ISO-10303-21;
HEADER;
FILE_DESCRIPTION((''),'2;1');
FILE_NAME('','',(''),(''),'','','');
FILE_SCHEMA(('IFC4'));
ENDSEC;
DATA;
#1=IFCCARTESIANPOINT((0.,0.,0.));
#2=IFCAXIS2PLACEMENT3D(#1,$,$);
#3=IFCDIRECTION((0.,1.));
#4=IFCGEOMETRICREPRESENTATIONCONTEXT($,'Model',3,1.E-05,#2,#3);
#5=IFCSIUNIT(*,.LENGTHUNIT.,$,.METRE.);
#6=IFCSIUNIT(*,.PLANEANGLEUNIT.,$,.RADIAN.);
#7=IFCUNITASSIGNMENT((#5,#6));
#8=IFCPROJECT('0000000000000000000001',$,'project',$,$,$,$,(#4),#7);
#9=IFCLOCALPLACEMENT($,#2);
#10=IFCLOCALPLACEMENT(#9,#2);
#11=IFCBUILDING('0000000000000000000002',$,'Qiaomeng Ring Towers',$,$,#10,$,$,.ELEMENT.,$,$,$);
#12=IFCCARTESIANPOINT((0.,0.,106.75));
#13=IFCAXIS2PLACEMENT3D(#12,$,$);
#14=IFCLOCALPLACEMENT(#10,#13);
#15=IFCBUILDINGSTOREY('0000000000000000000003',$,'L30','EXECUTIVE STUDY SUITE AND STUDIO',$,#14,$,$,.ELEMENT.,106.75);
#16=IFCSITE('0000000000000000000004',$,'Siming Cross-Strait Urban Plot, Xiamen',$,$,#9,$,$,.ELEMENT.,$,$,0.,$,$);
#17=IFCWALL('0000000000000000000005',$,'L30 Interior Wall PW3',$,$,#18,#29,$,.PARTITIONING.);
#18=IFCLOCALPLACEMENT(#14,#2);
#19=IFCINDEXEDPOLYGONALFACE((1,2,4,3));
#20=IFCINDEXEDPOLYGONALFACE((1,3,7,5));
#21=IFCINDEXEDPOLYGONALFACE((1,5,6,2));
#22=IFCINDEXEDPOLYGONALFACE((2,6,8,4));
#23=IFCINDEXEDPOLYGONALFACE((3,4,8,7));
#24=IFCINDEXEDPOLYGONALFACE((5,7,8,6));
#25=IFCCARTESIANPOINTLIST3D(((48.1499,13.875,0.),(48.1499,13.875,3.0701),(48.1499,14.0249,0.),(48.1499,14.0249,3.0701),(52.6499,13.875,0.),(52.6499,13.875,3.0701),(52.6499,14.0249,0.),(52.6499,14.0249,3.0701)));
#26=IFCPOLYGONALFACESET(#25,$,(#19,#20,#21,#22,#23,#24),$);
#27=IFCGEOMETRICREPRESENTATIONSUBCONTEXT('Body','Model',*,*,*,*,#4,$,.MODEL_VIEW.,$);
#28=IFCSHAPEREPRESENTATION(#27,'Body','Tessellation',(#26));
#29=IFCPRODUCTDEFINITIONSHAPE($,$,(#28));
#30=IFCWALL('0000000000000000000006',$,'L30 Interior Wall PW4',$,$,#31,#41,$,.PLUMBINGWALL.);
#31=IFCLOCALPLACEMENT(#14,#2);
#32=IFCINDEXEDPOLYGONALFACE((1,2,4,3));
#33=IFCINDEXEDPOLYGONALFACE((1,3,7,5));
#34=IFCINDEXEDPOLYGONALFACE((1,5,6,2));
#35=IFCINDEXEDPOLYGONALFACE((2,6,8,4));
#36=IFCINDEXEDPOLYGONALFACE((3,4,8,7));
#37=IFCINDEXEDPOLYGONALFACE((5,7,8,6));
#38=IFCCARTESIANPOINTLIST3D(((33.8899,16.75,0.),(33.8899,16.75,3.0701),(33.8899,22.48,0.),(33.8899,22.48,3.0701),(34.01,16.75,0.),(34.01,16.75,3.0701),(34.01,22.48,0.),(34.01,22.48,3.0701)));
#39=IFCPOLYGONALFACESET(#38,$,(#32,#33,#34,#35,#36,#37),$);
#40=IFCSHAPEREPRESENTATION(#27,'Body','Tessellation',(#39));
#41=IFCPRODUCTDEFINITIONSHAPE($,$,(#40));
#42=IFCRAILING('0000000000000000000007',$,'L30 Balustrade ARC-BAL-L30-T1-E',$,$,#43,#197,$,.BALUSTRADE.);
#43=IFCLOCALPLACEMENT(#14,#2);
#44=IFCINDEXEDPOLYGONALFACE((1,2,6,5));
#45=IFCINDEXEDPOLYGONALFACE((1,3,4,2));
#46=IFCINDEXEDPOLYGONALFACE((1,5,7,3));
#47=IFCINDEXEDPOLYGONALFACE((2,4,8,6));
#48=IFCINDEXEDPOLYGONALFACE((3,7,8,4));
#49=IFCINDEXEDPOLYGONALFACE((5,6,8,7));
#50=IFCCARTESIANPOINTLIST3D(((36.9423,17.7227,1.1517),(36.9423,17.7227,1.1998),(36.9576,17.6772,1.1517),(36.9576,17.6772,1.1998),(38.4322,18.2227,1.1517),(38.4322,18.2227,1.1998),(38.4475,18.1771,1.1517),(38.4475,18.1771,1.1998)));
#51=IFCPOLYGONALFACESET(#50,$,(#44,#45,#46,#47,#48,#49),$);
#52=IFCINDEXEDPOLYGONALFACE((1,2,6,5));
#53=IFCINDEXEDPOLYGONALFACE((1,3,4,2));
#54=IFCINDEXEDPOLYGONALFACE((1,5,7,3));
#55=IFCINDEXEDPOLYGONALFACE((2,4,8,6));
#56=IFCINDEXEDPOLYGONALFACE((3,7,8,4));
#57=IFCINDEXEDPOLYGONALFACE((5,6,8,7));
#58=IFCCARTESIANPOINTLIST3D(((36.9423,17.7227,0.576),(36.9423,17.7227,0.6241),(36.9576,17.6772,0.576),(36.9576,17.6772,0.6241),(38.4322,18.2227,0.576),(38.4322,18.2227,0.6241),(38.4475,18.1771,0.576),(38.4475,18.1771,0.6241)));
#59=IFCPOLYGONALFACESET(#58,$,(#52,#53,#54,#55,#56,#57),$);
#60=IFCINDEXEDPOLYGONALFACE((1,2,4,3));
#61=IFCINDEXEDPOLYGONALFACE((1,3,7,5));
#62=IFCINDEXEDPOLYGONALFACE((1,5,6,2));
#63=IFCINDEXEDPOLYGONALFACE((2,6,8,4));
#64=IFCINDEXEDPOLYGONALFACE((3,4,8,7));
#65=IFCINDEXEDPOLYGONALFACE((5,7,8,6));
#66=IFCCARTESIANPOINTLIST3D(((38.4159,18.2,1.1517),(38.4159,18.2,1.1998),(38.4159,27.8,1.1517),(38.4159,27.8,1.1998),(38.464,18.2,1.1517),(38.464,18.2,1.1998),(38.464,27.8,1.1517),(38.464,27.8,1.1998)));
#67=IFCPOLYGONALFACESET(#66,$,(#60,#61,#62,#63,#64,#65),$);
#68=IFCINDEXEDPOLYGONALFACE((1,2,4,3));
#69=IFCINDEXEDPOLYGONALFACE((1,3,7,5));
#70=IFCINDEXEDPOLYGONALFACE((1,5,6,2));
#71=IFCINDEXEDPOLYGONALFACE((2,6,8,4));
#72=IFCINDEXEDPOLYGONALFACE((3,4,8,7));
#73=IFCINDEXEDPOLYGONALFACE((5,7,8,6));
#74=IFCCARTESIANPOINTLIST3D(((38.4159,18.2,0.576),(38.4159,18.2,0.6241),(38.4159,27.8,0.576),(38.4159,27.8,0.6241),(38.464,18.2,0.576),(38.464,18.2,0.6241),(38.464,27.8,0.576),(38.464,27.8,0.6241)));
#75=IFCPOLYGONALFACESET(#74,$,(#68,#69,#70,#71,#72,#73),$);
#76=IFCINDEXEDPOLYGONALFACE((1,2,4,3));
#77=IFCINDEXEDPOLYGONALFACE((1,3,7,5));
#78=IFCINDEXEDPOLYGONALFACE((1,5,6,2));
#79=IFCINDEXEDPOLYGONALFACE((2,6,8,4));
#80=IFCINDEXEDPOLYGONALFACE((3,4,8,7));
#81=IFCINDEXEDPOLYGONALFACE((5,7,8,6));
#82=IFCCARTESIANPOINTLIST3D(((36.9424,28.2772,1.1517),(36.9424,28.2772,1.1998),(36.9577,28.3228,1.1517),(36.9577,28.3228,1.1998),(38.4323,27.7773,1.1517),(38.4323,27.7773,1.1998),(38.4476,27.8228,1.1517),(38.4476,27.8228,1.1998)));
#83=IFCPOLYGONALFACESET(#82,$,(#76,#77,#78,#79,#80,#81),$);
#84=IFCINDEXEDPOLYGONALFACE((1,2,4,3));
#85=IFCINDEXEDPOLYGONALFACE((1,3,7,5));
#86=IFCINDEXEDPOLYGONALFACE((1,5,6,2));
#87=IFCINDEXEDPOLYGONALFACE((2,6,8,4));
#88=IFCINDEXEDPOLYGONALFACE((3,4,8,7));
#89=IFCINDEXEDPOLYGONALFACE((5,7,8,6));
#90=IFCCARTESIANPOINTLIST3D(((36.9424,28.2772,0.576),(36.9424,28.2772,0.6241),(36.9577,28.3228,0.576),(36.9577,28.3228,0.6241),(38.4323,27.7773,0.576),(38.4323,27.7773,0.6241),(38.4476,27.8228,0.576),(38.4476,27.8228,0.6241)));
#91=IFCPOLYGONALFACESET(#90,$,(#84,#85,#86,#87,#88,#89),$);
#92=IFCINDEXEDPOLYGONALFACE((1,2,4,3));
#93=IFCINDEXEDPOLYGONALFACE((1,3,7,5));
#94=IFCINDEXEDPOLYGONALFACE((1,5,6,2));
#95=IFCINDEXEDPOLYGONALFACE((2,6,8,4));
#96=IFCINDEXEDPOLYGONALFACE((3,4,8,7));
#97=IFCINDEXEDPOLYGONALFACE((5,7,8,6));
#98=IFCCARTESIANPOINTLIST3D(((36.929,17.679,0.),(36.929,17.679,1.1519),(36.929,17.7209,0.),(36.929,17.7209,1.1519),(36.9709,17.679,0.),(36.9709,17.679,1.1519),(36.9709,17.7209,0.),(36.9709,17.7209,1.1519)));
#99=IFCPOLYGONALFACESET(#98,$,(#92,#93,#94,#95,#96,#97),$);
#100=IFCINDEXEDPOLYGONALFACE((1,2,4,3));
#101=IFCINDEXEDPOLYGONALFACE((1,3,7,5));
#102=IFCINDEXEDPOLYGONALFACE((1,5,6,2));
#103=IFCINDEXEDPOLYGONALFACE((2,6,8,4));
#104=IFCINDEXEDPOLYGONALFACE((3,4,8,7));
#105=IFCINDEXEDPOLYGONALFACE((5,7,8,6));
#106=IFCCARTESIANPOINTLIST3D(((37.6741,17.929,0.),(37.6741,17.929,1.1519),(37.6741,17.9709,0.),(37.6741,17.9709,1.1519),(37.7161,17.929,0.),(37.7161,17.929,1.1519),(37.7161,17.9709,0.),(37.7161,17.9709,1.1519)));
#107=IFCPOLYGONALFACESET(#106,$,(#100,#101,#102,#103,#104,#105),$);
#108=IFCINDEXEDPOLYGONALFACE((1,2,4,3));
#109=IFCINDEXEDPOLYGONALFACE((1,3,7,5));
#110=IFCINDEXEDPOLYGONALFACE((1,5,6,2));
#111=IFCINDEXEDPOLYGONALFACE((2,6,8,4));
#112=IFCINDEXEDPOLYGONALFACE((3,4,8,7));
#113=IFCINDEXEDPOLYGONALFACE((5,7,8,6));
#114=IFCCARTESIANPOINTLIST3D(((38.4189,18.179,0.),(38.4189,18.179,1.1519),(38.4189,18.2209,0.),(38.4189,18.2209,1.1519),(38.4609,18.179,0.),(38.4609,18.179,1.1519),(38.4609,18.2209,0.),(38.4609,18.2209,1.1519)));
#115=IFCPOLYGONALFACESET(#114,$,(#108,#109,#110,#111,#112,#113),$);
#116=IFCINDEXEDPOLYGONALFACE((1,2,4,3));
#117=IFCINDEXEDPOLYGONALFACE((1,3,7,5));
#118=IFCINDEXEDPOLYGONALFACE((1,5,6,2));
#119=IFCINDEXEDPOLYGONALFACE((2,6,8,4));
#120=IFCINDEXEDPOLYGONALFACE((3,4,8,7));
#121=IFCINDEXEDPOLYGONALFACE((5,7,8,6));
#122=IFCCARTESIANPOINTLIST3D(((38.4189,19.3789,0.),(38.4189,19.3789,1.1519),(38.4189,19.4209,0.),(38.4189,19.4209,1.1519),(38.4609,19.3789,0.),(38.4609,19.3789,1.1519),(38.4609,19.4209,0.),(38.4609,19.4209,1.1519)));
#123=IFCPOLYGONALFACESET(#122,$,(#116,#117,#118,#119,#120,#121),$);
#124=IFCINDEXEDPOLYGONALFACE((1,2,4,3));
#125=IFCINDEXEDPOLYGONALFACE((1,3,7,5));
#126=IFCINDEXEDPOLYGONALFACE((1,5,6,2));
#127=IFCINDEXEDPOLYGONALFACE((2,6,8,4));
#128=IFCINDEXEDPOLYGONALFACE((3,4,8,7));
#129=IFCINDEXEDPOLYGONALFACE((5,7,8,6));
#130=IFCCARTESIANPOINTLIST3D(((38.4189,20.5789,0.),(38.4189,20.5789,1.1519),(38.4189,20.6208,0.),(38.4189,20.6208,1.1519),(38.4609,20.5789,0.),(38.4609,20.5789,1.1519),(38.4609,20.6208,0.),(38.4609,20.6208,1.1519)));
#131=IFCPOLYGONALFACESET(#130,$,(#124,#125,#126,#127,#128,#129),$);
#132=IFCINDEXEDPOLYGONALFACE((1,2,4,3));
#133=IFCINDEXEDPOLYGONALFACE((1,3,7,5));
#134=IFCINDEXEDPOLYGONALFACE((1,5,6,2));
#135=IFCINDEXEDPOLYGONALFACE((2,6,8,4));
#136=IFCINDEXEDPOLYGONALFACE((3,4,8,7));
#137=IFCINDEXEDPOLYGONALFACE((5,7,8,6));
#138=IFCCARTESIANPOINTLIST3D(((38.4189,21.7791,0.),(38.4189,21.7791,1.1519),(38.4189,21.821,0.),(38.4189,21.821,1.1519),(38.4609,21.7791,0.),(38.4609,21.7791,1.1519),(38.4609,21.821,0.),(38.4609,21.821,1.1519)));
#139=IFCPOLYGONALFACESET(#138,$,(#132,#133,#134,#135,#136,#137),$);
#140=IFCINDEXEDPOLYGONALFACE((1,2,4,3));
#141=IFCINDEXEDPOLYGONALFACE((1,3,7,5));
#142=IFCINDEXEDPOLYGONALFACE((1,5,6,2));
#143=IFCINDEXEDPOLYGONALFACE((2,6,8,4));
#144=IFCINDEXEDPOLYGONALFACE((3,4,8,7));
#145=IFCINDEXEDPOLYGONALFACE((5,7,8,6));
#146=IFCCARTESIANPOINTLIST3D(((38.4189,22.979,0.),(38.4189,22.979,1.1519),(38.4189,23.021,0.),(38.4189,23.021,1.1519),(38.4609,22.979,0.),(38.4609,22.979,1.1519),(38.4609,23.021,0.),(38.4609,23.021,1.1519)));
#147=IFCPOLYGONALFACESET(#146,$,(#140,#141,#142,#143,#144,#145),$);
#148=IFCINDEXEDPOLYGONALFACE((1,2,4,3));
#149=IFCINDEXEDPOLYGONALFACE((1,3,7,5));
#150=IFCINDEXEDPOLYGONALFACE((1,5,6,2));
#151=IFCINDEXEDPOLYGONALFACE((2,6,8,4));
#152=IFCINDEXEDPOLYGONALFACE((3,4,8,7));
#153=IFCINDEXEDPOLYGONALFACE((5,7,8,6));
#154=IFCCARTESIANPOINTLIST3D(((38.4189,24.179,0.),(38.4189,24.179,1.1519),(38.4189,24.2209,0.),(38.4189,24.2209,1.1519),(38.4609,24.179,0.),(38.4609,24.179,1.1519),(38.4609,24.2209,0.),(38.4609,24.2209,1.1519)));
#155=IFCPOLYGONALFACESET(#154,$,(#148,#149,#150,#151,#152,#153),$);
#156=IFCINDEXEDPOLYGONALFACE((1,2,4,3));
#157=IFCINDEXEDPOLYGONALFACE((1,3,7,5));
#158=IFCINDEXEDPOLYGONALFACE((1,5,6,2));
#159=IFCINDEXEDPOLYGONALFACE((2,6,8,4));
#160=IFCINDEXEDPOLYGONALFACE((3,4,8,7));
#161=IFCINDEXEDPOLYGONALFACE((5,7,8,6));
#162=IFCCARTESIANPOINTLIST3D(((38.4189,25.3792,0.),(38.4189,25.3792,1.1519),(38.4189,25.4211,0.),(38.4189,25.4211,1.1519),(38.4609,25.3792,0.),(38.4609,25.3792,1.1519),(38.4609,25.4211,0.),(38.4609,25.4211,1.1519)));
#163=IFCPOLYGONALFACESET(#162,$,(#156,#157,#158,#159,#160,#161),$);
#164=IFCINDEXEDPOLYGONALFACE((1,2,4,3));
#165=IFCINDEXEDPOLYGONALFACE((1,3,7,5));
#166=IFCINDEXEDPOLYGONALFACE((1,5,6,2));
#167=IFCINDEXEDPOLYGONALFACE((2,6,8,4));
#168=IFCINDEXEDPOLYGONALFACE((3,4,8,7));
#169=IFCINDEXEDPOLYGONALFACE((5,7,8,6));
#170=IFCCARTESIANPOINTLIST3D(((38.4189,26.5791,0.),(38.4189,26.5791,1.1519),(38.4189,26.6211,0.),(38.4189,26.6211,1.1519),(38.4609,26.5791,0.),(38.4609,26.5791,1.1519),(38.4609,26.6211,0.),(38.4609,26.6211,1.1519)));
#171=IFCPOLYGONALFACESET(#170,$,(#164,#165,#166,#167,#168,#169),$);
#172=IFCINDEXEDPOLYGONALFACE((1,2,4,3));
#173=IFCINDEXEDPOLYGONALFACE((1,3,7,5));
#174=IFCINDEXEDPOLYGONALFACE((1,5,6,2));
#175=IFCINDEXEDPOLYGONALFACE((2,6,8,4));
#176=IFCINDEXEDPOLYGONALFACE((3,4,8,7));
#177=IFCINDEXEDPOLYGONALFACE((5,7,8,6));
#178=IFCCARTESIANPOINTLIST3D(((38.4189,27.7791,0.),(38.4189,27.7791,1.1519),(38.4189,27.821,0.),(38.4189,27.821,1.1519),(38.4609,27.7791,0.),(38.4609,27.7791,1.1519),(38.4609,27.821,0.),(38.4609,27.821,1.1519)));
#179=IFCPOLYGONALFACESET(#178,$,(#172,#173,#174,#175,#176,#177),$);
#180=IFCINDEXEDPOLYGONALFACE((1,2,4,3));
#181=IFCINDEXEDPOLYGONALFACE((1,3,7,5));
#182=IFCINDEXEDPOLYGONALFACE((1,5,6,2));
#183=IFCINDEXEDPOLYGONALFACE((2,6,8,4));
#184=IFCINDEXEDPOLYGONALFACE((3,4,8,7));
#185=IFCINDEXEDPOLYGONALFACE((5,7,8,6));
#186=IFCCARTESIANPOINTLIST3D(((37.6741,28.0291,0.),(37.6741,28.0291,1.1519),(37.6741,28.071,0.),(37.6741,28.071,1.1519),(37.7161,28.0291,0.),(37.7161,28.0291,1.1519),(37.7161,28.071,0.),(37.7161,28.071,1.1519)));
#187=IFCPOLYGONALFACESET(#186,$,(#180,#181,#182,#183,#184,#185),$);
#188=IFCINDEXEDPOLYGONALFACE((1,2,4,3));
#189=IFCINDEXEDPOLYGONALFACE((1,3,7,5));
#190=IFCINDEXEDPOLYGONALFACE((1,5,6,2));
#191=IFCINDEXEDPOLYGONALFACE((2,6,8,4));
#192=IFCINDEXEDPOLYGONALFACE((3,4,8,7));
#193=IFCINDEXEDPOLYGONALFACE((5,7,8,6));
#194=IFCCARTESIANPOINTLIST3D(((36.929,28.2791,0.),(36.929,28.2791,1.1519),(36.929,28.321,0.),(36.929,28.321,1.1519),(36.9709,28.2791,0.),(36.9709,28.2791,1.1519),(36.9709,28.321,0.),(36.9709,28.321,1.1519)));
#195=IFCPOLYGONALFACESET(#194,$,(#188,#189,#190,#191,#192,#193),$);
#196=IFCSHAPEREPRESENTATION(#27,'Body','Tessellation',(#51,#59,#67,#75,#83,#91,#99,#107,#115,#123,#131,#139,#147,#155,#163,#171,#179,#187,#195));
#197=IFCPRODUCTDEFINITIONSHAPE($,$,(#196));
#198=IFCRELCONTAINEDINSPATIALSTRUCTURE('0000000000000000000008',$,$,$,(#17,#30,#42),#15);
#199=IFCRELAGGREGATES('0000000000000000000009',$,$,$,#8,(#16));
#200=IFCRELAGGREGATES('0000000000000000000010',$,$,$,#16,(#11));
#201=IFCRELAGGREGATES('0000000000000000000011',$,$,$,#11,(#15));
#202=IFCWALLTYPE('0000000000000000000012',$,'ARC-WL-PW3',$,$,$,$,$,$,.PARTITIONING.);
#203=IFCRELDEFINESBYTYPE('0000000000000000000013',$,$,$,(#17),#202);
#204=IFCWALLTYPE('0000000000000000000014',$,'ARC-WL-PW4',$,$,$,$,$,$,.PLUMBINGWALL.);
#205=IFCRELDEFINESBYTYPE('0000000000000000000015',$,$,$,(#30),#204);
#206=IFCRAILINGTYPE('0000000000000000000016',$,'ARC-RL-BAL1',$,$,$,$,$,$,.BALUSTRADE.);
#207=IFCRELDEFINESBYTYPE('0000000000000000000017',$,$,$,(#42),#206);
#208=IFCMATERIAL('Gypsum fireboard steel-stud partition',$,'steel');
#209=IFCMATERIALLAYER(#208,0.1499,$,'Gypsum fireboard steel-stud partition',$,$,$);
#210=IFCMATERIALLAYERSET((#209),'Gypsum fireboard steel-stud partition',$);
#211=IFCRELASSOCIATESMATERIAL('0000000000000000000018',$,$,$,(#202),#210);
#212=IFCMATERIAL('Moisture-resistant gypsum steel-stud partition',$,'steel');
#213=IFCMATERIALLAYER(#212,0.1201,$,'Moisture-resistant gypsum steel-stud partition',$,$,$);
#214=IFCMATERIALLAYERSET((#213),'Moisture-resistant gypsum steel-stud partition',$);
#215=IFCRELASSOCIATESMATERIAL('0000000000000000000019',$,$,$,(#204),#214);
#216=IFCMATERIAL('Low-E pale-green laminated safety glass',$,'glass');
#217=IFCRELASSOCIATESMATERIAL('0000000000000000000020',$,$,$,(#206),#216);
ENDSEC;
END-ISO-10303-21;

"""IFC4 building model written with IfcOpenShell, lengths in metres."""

from ifc_helpers import new_model, si_unit, direction, frame, frame_2d, origin, origin_2d, place, context, subcontext, project, spatial, rectangle, extrude, material, layer, layer_set, type_object, element, save


model = new_model("IFC4")

# Units and contexts
model_context = context("Model", 3, precision=1e-05, world=origin(), true_north=direction((0.0, 1.0)))
body_context = subcontext(model_context, "Body", "Model", "MODEL_VIEW")
ifc_project = project(units=[si_unit("LENGTHUNIT", "METRE"), si_unit("PLANEANGLEUNIT", "RADIAN")], contexts=[model_context])

# Site, building, storey
site_placement = place(None, origin())
site = spatial("IfcSite", under=ifc_project, at=site_placement, Name="Siming Cross-Strait Urban Plot, Xiamen", CompositionType="ELEMENT", RefElevation=0.0)
building_placement = place(site_placement, origin())
building = spatial("IfcBuilding", under=site, at=building_placement, Name="Qiaomeng Ring Towers", CompositionType="ELEMENT")
storey_placement = place(building_placement, frame((0.0, 0.0, 106.75)))
storey = spatial("IfcBuildingStorey", under=building, at=storey_placement, Name="L30", Description="EXECUTIVE STUDY SUITE AND STUDIO", CompositionType="ELEMENT", Elevation=106.75)

# Walls
ifc_material_1 = material(Name="Gypsum fireboard steel-stud partition", Category="steel")
ifc_layer_1 = layer(ifc_material_1, 0.1499, Name="Gypsum fireboard steel-stud partition")
ifc_layer_set_1 = layer_set([ifc_layer_1], Name="Gypsum fireboard steel-stud partition")
wall_type_1 = type_object("IfcWallType", Name="ARC-WL-PW3", PredefinedType="PARTITIONING", material=ifc_layer_set_1)
wall_1_placement = place(storey_placement, frame((48.1499, 13.95, 0.0), z_axis=(0.0, 0.0, 1.0), x_axis=(1.0, 0.0, 0.0)))
element("IfcWall", 1, at=wall_1_placement, inside=storey, type_object=wall_type_1, Name="L30 Interior Wall PW3", PredefinedType="PARTITIONING", context=body_context, shape_type="SweptSolid", body=[
    extrude(rectangle(XDim=4.5, YDim=0.1499, at=frame_2d((2.25, 0.0))), origin(), (0.0, 0.0, 1.0), 3.0701),
])
ifc_material_2 = material(Name="Moisture-resistant gypsum steel-stud partition", Category="steel")
ifc_layer_2 = layer(ifc_material_2, 0.1201, Name="Moisture-resistant gypsum steel-stud partition")
ifc_layer_set_2 = layer_set([ifc_layer_2], Name="Moisture-resistant gypsum steel-stud partition")
wall_type_2 = type_object("IfcWallType", Name="ARC-WL-PW4", PredefinedType="PLUMBINGWALL", material=ifc_layer_set_2)
wall_2_placement = place(storey_placement, frame((33.95, 16.75, 0.0), z_axis=(0.0, 0.0, 1.0), x_axis=(0.0, 1.0, 0.0)))
element("IfcWall", 2, at=wall_2_placement, inside=storey, type_object=wall_type_2, Name="L30 Interior Wall PW4", PredefinedType="PLUMBINGWALL", context=body_context, shape_type="SweptSolid", body=[
    extrude(rectangle(XDim=5.73, YDim=0.1201, at=frame_2d((2.865, 0.0))), origin(), (0.0, 0.0, 1.0), 3.0701),
])

# Railing
ifc_material_3 = material(Name="Low-E pale-green laminated safety glass", Category="glass")
railing_type = type_object("IfcRailingType", Name="ARC-RL-BAL1", PredefinedType="BALUSTRADE", material=ifc_material_3)
railing_1_placement = place(storey_placement, frame((36.95, 17.7, 0.0)))
element("IfcRailing", 3, at=railing_1_placement, inside=storey, type_object=railing_type, Name="L30 Balustrade ARC-BAL-L30-T1-E", PredefinedType="BALUSTRADE", context=body_context, shape_type="SweptSolid", body=[
    extrude(rectangle(XDim=0.0481, YDim=0.0481, at=origin_2d()), frame((0.0, 0.0, 1.1758), z_axis=(0.948044, 0.318138, 0.0), x_axis=(-0.318138, 0.948044, 0.0)), (0.0, 0.0, 1.0), 1.5715),
    extrude(rectangle(XDim=0.0481, YDim=0.0481, at=origin_2d()), frame((0.0, 0.0, 0.6001), z_axis=(0.948044, 0.318138, 0.0), x_axis=(-0.318138, 0.948044, 0.0)), (0.0, 0.0, 1.0), 1.5715),
    extrude(rectangle(XDim=0.0481, YDim=0.0481, at=origin_2d()), frame((1.49, 0.5, 1.1758), z_axis=(0.0, 1.0, 0.0), x_axis=(-1.0, 0.0, 0.0)), (0.0, 0.0, 1.0), 9.6001),
    extrude(rectangle(XDim=0.0481, YDim=0.0481, at=origin_2d()), frame((1.49, 0.5, 0.6001), z_axis=(0.0, 1.0, 0.0), x_axis=(-1.0, 0.0, 0.0)), (0.0, 0.0, 1.0), 9.6001),
    extrude(rectangle(XDim=0.0481, YDim=0.0481, at=origin_2d()), frame((1.49, 10.1001, 1.1758), z_axis=(-0.948044, 0.318138, 0.0), x_axis=(-0.318138, -0.948044, 0.0)), (0.0, 0.0, 1.0), 1.5715),
    extrude(rectangle(XDim=0.0481, YDim=0.0481, at=origin_2d()), frame((1.49, 10.1001, 0.6001), z_axis=(-0.948044, 0.318138, 0.0), x_axis=(-0.318138, -0.948044, 0.0)), (0.0, 0.0, 1.0), 1.5715),
    extrude(rectangle(XDim=0.042, YDim=0.042, at=origin_2d()), origin(), (0.0, 0.0, 1.0), 1.1519),
    extrude(rectangle(XDim=0.042, YDim=0.042, at=origin_2d()), frame((0.7451, 0.25, 0.0)), (0.0, 0.0, 1.0), 1.1519),
    extrude(rectangle(XDim=0.042, YDim=0.042, at=origin_2d()), frame((1.49, 0.5, 0.0)), (0.0, 0.0, 1.0), 1.1519),
    extrude(rectangle(XDim=0.042, YDim=0.042, at=origin_2d()), frame((1.49, 1.7, 0.0)), (0.0, 0.0, 1.0), 1.1519),
    extrude(rectangle(XDim=0.042, YDim=0.042, at=origin_2d()), frame((1.49, 2.8999, 0.0)), (0.0, 0.0, 1.0), 1.1519),
    extrude(rectangle(XDim=0.042, YDim=0.042, at=origin_2d()), frame((1.49, 4.1001, 0.0)), (0.0, 0.0, 1.0), 1.1519),
    extrude(rectangle(XDim=0.042, YDim=0.042, at=origin_2d()), frame((1.49, 5.3, 0.0)), (0.0, 0.0, 1.0), 1.1519),
    extrude(rectangle(XDim=0.042, YDim=0.042, at=origin_2d()), frame((1.49, 6.5, 0.0)), (0.0, 0.0, 1.0), 1.1519),
    extrude(rectangle(XDim=0.042, YDim=0.042, at=origin_2d()), frame((1.49, 7.7002, 0.0)), (0.0, 0.0, 1.0), 1.1519),
    extrude(rectangle(XDim=0.042, YDim=0.042, at=origin_2d()), frame((1.49, 8.9001, 0.0)), (0.0, 0.0, 1.0), 1.1519),
    extrude(rectangle(XDim=0.042, YDim=0.042, at=origin_2d()), frame((1.49, 10.1001, 0.0)), (0.0, 0.0, 1.0), 1.1519),
    extrude(rectangle(XDim=0.042, YDim=0.042, at=origin_2d()), frame((0.7451, 10.3501, 0.0)), (0.0, 0.0, 1.0), 1.1519),
    extrude(rectangle(XDim=0.042, YDim=0.042, at=origin_2d()), frame((0.0, 10.6001, 0.0)), (0.0, 0.0, 1.0), 1.1519),
])

save(model, "model.ifc")
